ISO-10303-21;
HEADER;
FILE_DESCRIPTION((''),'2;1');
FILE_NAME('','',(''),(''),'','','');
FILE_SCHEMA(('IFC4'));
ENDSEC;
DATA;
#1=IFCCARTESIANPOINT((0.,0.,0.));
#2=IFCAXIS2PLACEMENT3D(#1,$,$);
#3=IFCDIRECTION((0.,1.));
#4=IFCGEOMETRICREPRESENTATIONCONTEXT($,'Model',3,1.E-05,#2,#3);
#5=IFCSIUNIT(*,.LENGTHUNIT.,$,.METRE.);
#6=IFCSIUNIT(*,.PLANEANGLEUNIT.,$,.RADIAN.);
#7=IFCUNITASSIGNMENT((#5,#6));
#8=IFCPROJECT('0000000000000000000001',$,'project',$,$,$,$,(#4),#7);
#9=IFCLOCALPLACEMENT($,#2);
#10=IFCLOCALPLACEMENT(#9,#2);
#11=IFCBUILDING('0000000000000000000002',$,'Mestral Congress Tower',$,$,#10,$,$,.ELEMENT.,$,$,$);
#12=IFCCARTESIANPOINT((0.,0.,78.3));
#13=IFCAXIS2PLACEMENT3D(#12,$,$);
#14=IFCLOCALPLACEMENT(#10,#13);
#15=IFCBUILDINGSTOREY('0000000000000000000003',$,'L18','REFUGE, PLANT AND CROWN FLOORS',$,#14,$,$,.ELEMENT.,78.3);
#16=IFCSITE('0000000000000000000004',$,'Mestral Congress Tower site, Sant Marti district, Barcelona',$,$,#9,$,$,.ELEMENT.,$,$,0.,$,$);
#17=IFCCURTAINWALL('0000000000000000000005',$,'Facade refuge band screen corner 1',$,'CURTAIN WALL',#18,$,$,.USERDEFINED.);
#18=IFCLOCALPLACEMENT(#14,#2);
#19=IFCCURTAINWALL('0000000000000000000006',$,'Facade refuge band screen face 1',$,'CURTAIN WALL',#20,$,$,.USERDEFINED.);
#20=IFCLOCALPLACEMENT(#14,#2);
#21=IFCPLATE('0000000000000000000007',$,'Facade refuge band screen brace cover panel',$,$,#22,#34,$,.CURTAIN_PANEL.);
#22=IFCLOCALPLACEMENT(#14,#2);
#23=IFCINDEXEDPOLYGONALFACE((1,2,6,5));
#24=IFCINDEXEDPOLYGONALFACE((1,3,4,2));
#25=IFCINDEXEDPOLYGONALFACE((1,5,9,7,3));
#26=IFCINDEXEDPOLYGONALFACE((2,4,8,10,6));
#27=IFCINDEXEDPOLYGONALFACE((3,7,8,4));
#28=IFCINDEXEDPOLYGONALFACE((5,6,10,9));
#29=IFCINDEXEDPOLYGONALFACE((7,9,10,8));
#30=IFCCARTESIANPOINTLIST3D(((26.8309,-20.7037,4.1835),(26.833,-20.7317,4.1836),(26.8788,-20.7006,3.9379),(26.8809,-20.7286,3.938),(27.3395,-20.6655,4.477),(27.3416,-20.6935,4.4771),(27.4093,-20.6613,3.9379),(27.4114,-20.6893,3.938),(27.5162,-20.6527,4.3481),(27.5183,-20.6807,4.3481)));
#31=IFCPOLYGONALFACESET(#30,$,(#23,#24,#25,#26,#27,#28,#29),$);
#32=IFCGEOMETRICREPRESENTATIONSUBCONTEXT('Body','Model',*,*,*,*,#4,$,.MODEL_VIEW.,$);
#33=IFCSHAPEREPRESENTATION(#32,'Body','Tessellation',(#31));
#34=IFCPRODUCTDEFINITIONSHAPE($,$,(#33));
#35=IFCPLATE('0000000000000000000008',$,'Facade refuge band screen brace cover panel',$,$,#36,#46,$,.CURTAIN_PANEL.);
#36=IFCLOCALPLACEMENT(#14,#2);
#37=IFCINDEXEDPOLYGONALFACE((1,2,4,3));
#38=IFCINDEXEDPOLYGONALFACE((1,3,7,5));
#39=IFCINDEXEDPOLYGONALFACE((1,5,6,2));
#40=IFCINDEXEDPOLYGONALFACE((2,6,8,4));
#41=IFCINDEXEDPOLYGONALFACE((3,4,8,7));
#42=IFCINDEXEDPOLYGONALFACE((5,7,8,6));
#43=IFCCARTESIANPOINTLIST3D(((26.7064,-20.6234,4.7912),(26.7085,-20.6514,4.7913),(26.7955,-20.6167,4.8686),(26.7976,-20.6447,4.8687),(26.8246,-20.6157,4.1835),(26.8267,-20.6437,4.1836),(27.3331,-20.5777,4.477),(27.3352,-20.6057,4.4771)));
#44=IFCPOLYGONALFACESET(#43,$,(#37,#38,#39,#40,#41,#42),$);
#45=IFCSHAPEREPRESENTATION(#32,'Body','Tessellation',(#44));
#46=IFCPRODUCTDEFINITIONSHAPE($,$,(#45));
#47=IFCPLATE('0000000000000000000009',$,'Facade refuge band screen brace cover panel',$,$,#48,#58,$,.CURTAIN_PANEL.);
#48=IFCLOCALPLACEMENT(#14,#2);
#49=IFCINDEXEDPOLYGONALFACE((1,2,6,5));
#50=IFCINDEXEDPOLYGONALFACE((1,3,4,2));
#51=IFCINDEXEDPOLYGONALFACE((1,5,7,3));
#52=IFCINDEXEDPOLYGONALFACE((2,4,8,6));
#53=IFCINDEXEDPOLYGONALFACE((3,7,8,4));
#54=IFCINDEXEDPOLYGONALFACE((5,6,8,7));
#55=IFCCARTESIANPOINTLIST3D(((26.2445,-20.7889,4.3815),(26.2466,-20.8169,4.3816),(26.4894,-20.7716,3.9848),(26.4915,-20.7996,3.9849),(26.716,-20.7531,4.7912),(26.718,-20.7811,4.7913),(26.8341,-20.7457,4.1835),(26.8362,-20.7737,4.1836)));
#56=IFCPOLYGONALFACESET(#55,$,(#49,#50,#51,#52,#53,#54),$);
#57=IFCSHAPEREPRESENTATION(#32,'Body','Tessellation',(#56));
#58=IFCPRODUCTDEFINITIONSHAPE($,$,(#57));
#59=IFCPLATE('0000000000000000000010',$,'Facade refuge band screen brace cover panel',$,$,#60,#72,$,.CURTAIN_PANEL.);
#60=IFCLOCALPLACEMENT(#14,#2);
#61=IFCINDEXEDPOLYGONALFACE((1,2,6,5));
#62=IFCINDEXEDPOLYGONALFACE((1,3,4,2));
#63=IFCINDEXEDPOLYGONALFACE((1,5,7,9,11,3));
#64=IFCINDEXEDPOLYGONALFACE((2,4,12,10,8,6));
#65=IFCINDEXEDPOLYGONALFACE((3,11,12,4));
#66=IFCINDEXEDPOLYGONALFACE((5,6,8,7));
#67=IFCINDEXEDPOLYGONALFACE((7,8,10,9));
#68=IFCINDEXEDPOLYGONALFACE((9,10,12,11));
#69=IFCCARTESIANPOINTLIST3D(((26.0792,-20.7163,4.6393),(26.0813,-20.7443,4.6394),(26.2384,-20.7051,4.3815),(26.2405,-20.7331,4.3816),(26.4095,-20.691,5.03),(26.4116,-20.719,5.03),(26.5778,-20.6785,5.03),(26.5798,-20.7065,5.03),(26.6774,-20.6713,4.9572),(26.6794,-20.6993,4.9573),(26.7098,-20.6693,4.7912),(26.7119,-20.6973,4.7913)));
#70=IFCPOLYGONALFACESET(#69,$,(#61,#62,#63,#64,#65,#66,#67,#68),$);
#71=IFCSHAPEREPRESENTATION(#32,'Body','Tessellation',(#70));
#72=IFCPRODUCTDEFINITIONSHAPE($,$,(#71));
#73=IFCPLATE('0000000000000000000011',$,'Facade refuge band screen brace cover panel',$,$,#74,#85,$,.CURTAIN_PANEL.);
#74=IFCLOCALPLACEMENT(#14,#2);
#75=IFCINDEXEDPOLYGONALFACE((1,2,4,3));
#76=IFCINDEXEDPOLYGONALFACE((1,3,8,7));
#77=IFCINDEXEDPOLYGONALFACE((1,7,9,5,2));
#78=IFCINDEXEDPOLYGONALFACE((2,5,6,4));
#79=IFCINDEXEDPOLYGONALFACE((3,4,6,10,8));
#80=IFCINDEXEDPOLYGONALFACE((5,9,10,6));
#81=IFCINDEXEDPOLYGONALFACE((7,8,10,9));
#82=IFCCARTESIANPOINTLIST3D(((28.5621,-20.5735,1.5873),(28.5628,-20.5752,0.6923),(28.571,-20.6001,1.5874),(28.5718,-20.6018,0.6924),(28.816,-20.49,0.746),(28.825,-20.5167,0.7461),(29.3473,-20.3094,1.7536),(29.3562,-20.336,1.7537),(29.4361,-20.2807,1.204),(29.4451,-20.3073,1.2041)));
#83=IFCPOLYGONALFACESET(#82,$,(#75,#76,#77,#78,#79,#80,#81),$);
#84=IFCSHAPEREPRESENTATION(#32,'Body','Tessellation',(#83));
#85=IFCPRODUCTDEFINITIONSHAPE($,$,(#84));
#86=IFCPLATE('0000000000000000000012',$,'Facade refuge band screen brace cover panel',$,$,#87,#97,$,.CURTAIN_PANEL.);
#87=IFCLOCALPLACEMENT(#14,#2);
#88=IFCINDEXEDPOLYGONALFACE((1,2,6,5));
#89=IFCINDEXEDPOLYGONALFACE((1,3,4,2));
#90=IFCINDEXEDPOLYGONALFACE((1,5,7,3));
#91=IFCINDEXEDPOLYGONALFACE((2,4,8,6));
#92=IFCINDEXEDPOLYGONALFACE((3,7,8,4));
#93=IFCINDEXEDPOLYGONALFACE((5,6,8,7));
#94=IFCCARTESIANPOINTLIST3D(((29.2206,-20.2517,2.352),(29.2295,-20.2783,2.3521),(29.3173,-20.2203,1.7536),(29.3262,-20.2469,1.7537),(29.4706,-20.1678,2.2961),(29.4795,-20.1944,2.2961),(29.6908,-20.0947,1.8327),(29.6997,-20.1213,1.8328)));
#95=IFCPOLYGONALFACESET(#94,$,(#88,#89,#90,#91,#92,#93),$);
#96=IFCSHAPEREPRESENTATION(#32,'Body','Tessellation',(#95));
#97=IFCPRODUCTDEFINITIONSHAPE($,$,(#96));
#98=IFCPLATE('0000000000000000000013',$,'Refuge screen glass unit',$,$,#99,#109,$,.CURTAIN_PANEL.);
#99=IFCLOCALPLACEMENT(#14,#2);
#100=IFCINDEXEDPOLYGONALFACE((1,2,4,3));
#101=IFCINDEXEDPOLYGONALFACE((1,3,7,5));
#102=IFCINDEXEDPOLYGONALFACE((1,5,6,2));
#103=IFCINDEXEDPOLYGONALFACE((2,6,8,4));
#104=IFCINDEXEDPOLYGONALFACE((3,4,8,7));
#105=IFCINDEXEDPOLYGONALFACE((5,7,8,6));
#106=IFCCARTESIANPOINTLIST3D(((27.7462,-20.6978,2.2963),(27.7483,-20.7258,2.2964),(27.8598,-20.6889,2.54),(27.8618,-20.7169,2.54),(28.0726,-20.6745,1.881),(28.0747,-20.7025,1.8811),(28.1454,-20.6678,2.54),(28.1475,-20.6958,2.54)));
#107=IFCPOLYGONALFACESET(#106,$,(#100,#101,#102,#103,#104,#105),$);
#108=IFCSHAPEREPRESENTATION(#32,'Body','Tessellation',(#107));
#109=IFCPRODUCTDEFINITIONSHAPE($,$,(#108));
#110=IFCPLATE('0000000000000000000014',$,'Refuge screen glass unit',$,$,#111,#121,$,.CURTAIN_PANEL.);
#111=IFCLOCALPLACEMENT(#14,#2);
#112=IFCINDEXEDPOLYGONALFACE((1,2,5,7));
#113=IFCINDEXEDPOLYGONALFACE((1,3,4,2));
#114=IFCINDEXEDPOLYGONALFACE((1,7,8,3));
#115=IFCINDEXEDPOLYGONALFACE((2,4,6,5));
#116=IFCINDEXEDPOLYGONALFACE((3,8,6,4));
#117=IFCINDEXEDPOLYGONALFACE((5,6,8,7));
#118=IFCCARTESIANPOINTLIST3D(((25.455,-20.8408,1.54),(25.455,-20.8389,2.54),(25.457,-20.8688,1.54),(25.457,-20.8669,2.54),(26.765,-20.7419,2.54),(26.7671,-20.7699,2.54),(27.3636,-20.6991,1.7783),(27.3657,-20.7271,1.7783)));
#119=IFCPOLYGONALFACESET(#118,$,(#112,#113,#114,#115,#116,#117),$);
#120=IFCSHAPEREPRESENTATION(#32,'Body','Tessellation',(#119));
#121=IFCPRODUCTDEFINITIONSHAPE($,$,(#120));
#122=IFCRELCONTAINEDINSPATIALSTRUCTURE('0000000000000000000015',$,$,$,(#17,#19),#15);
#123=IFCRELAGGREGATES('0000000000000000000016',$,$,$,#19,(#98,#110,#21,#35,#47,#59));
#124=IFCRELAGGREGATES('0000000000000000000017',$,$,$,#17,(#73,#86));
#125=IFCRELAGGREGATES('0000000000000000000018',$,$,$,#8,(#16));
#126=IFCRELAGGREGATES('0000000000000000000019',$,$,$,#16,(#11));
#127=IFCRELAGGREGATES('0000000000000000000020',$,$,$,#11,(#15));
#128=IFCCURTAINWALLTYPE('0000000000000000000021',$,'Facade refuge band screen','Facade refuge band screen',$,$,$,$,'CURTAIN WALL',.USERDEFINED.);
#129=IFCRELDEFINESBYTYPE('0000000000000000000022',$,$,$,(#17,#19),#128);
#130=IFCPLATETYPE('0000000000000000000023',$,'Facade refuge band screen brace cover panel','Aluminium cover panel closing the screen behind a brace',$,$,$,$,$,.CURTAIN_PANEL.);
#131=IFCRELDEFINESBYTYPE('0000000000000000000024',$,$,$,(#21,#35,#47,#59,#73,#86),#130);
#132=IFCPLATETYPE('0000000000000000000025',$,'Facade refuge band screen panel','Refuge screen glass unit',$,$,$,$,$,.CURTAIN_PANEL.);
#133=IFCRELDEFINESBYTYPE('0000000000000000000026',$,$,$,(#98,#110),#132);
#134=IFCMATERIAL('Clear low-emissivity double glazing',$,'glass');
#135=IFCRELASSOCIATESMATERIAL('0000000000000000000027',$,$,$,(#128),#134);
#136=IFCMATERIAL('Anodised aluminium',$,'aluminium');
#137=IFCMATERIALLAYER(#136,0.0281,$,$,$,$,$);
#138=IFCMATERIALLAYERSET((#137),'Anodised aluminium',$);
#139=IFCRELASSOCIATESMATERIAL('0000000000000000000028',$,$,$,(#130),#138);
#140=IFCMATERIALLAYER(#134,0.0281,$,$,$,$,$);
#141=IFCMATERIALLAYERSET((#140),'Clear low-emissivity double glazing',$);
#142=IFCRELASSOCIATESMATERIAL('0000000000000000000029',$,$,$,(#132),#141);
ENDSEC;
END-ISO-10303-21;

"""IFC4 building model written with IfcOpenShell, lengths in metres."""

from ifc_helpers import new_model, si_unit, direction, frame, origin, place, context, subcontext, project, spatial, polyline, outline, extrude, material, layer, layer_set, type_object, element, aggregate, save


model = new_model("IFC4")

# Units and contexts
model_context = context("Model", 3, precision=1e-05, world=origin(), true_north=direction((0.0, 1.0)))
body_context = subcontext(model_context, "Body", "Model", "MODEL_VIEW")
ifc_project = project(units=[si_unit("LENGTHUNIT", "METRE"), si_unit("PLANEANGLEUNIT", "RADIAN")], contexts=[model_context])

# Site, building, storey
site_placement = place(None, origin())
site = spatial("IfcSite", under=ifc_project, at=site_placement, Name="Mestral Congress Tower site, Sant Marti district, Barcelona", CompositionType="ELEMENT", RefElevation=0.0)
building_placement = place(site_placement, origin())
building = spatial("IfcBuilding", under=site, at=building_placement, Name="Mestral Congress Tower", CompositionType="ELEMENT")
storey_placement = place(building_placement, frame((0.0, 0.0, 78.3)))
storey = spatial("IfcBuildingStorey", under=building, at=storey_placement, Name="L18", Description="REFUGE, PLANT AND CROWN FLOORS", CompositionType="ELEMENT", Elevation=78.3)

# Curtain wall
ifc_material_1 = material(Name="Clear low-emissivity double glazing", Category="glass")
curtain_wall_type = type_object("IfcCurtainWallType", Name="Facade refuge band screen", Description="Facade refuge band screen", ElementType="CURTAIN WALL", PredefinedType="USERDEFINED", material=ifc_material_1)
placement = place(storey_placement, origin())
curtain_wall_1 = element("IfcCurtainWall", 1, at=placement, inside=storey, type_object=curtain_wall_type, Name="Facade refuge band screen corner 1", ObjectType="CURTAIN WALL", PredefinedType="USERDEFINED")
ifc_material_2 = material(Name="Anodised aluminium", Category="aluminium")

# Curtain wall, plates
curtain_wall_2 = element("IfcCurtainWall", 2, at=placement, inside=storey, type_object=curtain_wall_type, Name="Facade refuge band screen face 1", ObjectType="CURTAIN WALL", PredefinedType="USERDEFINED")
ifc_layer_1 = layer(ifc_material_2, 0.0281)
ifc_layer_set_1 = layer_set([ifc_layer_1], Name="Anodised aluminium")
plate_type_1 = type_object("IfcPlateType", Name="Facade refuge band screen brace cover panel", Description="Aluminium cover panel closing the screen behind a brace", PredefinedType="CURTAIN_PANEL", material=ifc_layer_set_1)
plate_1_placement = place(storey_placement, frame((27.5183, -20.6807, 4.3481), z_axis=(0.073824, -0.99727, 0.001786), x_axis=(-0.252212, -0.020403, -0.967457)))
plate_1 = element("IfcPlate", 3, at=plate_1_placement, type_object=plate_type_1, Name="Facade refuge band screen brace cover panel", PredefinedType="CURTAIN_PANEL", context=body_context, shape_type="SweptSolid", body=[
    extrude(outline(polyline([(0.0, 0.0), (0.424, 0.0), (0.5586, -0.5147), (0.3331, -0.6232), (-0.0799, -0.2041), (0.0, 0.0)])), origin(), (0.0, 0.0, -1.0), 0.0281),
])
plate_2_placement = place(storey_placement, frame((26.7085, -20.6514, 4.7913), z_axis=(0.073501, -0.997294, 0.001695), x_axis=(0.753765, 0.056666, 0.654696)))
plate_2 = element("IfcPlate", 4, at=plate_2_placement, type_object=plate_type_1, Name="Facade refuge band screen brace cover panel", PredefinedType="CURTAIN_PANEL", context=body_context, shape_type="SweptSolid", body=[
    extrude(outline(polyline([(0.0, 0.0), (0.1182, 0.0), (0.2693, -0.6489), (-0.3083, -0.5368), (0.0, 0.0)])), origin(), (0.0, 0.0, -1.0), 0.0281),
])
plate_3_placement = place(storey_placement, frame((26.8362, -20.7737, 4.1836), z_axis=(0.073832, -0.997268, 0.002203), x_axis=(-0.864507, -0.065104, -0.498386)))
plate_3 = element("IfcPlate", 5, at=plate_3_placement, type_object=plate_type_1, Name="Facade refuge band screen brace cover panel", PredefinedType="CURTAIN_PANEL", context=body_context, shape_type="SweptSolid", body=[
    extrude(outline(polyline([(0.0, 0.0), (0.3987, 0.0), (0.4138, -0.4663), (-0.2002, -0.5858), (0.0, 0.0)])), origin(), (0.0, 0.0, -1.0), 0.0281),
])
plate_4_placement = place(storey_placement, frame((26.4116, -20.719, 5.03), z_axis=(0.073876, -0.997265, 0.002191), x_axis=(0.997267, 0.073876, 0.0)))
plate_4 = element("IfcPlate", 6, at=plate_4_placement, type_object=plate_type_1, Name="Facade refuge band screen brace cover panel", PredefinedType="CURTAIN_PANEL", context=body_context, shape_type="SweptSolid", body=[
    extrude(outline(polyline([(0.0, 0.0), (0.1687, 0.0), (0.2685, -0.0728), (0.3011, -0.2388), (-0.1717, -0.6484), (-0.3313, -0.3906), (0.0, 0.0)])), origin(), (0.0, 0.0, -1.0), 0.0281),
])

# Plates
plate_5_placement = place(storey_placement, frame((28.571, -20.6001, 1.5874), z_axis=(0.318432, -0.947943, 0.00209), x_axis=(0.929281, 0.312597, 0.196775)))
plate_5 = element("IfcPlate", 7, at=plate_5_placement, type_object=plate_type_1, Name="Facade refuge band screen brace cover panel", PredefinedType="CURTAIN_PANEL", context=body_context, shape_type="SweptSolid", body=[
    extrude(outline(polyline([(0.0, 0.0), (0.8449, 0.0), (0.8283, -0.5572), (0.0965, -0.8775), (-0.176, -0.8776), (0.0, 0.0)])), origin(), (0.0, 0.0, -1.0), 0.0281),
])
plate_6_placement = place(storey_placement, frame((29.2295, -20.2783, 2.3521), z_axis=(0.318395, -0.947956, 0.001736), x_axis=(0.927464, 0.311133, -0.207381)))
plate_6 = element("IfcPlate", 8, at=plate_6_placement, type_object=plate_type_1, Name="Facade refuge band screen brace cover panel", PredefinedType="CURTAIN_PANEL", context=body_context, shape_type="SweptSolid", body=[
    extrude(outline(polyline([(0.0, 0.0), (0.2696, 0.0), (0.5926, -0.4052), (0.2236, -0.5643), (0.0, 0.0)])), origin(), (0.0, 0.0, -1.0), 0.0281),
])
ifc_layer_2 = layer(ifc_material_1, 0.0281)
ifc_layer_set_2 = layer_set([ifc_layer_2], Name="Clear low-emissivity double glazing")
plate_type_2 = type_object("IfcPlateType", Name="Facade refuge band screen panel", Description="Refuge screen glass unit", PredefinedType="CURTAIN_PANEL", material=ifc_layer_set_2)
plate_7_placement = place(storey_placement, frame((27.7483, -20.7258, 2.2964), z_axis=(0.073781, -0.997272, 0.002037), x_axis=(0.422138, 0.033081, 0.905928)))
plate_7 = element("IfcPlate", 9, at=plate_7_placement, type_object=plate_type_2, Name="Refuge screen glass unit", PredefinedType="CURTAIN_PANEL", context=body_context, shape_type="SweptSolid", body=[
    extrude(outline(polyline([(0.0, 0.0), (0.269, 0.0), (0.3902, -0.2595), (-0.2376, -0.4723), (0.0, 0.0)])), origin(), (0.0, 0.0, -1.0), 0.0281),
])
plate_8_placement = place(storey_placement, frame((27.3657, -20.7271, 1.7783), z_axis=(0.07384, -0.997268, 0.001873), x_axis=(-0.989613, -0.073505, -0.123543)))
plate_8 = element("IfcPlate", 10, at=plate_8_placement, type_object=plate_type_2, Name="Refuge screen glass unit", PredefinedType="CURTAIN_PANEL", context=body_context, shape_type="SweptSolid", body=[
    extrude(outline(polyline([(0.0, 0.0), (1.9287, 0.0), (1.805, -0.9923), (0.5015, -0.83), (0.0, 0.0)])), origin(), (0.0, 0.0, -1.0), 0.0281),
])

aggregate(curtain_wall_2, [plate_7, plate_8, plate_1, plate_2, plate_3, plate_4])
aggregate(curtain_wall_1, [plate_5, plate_6])

save(model, "model.ifc")
